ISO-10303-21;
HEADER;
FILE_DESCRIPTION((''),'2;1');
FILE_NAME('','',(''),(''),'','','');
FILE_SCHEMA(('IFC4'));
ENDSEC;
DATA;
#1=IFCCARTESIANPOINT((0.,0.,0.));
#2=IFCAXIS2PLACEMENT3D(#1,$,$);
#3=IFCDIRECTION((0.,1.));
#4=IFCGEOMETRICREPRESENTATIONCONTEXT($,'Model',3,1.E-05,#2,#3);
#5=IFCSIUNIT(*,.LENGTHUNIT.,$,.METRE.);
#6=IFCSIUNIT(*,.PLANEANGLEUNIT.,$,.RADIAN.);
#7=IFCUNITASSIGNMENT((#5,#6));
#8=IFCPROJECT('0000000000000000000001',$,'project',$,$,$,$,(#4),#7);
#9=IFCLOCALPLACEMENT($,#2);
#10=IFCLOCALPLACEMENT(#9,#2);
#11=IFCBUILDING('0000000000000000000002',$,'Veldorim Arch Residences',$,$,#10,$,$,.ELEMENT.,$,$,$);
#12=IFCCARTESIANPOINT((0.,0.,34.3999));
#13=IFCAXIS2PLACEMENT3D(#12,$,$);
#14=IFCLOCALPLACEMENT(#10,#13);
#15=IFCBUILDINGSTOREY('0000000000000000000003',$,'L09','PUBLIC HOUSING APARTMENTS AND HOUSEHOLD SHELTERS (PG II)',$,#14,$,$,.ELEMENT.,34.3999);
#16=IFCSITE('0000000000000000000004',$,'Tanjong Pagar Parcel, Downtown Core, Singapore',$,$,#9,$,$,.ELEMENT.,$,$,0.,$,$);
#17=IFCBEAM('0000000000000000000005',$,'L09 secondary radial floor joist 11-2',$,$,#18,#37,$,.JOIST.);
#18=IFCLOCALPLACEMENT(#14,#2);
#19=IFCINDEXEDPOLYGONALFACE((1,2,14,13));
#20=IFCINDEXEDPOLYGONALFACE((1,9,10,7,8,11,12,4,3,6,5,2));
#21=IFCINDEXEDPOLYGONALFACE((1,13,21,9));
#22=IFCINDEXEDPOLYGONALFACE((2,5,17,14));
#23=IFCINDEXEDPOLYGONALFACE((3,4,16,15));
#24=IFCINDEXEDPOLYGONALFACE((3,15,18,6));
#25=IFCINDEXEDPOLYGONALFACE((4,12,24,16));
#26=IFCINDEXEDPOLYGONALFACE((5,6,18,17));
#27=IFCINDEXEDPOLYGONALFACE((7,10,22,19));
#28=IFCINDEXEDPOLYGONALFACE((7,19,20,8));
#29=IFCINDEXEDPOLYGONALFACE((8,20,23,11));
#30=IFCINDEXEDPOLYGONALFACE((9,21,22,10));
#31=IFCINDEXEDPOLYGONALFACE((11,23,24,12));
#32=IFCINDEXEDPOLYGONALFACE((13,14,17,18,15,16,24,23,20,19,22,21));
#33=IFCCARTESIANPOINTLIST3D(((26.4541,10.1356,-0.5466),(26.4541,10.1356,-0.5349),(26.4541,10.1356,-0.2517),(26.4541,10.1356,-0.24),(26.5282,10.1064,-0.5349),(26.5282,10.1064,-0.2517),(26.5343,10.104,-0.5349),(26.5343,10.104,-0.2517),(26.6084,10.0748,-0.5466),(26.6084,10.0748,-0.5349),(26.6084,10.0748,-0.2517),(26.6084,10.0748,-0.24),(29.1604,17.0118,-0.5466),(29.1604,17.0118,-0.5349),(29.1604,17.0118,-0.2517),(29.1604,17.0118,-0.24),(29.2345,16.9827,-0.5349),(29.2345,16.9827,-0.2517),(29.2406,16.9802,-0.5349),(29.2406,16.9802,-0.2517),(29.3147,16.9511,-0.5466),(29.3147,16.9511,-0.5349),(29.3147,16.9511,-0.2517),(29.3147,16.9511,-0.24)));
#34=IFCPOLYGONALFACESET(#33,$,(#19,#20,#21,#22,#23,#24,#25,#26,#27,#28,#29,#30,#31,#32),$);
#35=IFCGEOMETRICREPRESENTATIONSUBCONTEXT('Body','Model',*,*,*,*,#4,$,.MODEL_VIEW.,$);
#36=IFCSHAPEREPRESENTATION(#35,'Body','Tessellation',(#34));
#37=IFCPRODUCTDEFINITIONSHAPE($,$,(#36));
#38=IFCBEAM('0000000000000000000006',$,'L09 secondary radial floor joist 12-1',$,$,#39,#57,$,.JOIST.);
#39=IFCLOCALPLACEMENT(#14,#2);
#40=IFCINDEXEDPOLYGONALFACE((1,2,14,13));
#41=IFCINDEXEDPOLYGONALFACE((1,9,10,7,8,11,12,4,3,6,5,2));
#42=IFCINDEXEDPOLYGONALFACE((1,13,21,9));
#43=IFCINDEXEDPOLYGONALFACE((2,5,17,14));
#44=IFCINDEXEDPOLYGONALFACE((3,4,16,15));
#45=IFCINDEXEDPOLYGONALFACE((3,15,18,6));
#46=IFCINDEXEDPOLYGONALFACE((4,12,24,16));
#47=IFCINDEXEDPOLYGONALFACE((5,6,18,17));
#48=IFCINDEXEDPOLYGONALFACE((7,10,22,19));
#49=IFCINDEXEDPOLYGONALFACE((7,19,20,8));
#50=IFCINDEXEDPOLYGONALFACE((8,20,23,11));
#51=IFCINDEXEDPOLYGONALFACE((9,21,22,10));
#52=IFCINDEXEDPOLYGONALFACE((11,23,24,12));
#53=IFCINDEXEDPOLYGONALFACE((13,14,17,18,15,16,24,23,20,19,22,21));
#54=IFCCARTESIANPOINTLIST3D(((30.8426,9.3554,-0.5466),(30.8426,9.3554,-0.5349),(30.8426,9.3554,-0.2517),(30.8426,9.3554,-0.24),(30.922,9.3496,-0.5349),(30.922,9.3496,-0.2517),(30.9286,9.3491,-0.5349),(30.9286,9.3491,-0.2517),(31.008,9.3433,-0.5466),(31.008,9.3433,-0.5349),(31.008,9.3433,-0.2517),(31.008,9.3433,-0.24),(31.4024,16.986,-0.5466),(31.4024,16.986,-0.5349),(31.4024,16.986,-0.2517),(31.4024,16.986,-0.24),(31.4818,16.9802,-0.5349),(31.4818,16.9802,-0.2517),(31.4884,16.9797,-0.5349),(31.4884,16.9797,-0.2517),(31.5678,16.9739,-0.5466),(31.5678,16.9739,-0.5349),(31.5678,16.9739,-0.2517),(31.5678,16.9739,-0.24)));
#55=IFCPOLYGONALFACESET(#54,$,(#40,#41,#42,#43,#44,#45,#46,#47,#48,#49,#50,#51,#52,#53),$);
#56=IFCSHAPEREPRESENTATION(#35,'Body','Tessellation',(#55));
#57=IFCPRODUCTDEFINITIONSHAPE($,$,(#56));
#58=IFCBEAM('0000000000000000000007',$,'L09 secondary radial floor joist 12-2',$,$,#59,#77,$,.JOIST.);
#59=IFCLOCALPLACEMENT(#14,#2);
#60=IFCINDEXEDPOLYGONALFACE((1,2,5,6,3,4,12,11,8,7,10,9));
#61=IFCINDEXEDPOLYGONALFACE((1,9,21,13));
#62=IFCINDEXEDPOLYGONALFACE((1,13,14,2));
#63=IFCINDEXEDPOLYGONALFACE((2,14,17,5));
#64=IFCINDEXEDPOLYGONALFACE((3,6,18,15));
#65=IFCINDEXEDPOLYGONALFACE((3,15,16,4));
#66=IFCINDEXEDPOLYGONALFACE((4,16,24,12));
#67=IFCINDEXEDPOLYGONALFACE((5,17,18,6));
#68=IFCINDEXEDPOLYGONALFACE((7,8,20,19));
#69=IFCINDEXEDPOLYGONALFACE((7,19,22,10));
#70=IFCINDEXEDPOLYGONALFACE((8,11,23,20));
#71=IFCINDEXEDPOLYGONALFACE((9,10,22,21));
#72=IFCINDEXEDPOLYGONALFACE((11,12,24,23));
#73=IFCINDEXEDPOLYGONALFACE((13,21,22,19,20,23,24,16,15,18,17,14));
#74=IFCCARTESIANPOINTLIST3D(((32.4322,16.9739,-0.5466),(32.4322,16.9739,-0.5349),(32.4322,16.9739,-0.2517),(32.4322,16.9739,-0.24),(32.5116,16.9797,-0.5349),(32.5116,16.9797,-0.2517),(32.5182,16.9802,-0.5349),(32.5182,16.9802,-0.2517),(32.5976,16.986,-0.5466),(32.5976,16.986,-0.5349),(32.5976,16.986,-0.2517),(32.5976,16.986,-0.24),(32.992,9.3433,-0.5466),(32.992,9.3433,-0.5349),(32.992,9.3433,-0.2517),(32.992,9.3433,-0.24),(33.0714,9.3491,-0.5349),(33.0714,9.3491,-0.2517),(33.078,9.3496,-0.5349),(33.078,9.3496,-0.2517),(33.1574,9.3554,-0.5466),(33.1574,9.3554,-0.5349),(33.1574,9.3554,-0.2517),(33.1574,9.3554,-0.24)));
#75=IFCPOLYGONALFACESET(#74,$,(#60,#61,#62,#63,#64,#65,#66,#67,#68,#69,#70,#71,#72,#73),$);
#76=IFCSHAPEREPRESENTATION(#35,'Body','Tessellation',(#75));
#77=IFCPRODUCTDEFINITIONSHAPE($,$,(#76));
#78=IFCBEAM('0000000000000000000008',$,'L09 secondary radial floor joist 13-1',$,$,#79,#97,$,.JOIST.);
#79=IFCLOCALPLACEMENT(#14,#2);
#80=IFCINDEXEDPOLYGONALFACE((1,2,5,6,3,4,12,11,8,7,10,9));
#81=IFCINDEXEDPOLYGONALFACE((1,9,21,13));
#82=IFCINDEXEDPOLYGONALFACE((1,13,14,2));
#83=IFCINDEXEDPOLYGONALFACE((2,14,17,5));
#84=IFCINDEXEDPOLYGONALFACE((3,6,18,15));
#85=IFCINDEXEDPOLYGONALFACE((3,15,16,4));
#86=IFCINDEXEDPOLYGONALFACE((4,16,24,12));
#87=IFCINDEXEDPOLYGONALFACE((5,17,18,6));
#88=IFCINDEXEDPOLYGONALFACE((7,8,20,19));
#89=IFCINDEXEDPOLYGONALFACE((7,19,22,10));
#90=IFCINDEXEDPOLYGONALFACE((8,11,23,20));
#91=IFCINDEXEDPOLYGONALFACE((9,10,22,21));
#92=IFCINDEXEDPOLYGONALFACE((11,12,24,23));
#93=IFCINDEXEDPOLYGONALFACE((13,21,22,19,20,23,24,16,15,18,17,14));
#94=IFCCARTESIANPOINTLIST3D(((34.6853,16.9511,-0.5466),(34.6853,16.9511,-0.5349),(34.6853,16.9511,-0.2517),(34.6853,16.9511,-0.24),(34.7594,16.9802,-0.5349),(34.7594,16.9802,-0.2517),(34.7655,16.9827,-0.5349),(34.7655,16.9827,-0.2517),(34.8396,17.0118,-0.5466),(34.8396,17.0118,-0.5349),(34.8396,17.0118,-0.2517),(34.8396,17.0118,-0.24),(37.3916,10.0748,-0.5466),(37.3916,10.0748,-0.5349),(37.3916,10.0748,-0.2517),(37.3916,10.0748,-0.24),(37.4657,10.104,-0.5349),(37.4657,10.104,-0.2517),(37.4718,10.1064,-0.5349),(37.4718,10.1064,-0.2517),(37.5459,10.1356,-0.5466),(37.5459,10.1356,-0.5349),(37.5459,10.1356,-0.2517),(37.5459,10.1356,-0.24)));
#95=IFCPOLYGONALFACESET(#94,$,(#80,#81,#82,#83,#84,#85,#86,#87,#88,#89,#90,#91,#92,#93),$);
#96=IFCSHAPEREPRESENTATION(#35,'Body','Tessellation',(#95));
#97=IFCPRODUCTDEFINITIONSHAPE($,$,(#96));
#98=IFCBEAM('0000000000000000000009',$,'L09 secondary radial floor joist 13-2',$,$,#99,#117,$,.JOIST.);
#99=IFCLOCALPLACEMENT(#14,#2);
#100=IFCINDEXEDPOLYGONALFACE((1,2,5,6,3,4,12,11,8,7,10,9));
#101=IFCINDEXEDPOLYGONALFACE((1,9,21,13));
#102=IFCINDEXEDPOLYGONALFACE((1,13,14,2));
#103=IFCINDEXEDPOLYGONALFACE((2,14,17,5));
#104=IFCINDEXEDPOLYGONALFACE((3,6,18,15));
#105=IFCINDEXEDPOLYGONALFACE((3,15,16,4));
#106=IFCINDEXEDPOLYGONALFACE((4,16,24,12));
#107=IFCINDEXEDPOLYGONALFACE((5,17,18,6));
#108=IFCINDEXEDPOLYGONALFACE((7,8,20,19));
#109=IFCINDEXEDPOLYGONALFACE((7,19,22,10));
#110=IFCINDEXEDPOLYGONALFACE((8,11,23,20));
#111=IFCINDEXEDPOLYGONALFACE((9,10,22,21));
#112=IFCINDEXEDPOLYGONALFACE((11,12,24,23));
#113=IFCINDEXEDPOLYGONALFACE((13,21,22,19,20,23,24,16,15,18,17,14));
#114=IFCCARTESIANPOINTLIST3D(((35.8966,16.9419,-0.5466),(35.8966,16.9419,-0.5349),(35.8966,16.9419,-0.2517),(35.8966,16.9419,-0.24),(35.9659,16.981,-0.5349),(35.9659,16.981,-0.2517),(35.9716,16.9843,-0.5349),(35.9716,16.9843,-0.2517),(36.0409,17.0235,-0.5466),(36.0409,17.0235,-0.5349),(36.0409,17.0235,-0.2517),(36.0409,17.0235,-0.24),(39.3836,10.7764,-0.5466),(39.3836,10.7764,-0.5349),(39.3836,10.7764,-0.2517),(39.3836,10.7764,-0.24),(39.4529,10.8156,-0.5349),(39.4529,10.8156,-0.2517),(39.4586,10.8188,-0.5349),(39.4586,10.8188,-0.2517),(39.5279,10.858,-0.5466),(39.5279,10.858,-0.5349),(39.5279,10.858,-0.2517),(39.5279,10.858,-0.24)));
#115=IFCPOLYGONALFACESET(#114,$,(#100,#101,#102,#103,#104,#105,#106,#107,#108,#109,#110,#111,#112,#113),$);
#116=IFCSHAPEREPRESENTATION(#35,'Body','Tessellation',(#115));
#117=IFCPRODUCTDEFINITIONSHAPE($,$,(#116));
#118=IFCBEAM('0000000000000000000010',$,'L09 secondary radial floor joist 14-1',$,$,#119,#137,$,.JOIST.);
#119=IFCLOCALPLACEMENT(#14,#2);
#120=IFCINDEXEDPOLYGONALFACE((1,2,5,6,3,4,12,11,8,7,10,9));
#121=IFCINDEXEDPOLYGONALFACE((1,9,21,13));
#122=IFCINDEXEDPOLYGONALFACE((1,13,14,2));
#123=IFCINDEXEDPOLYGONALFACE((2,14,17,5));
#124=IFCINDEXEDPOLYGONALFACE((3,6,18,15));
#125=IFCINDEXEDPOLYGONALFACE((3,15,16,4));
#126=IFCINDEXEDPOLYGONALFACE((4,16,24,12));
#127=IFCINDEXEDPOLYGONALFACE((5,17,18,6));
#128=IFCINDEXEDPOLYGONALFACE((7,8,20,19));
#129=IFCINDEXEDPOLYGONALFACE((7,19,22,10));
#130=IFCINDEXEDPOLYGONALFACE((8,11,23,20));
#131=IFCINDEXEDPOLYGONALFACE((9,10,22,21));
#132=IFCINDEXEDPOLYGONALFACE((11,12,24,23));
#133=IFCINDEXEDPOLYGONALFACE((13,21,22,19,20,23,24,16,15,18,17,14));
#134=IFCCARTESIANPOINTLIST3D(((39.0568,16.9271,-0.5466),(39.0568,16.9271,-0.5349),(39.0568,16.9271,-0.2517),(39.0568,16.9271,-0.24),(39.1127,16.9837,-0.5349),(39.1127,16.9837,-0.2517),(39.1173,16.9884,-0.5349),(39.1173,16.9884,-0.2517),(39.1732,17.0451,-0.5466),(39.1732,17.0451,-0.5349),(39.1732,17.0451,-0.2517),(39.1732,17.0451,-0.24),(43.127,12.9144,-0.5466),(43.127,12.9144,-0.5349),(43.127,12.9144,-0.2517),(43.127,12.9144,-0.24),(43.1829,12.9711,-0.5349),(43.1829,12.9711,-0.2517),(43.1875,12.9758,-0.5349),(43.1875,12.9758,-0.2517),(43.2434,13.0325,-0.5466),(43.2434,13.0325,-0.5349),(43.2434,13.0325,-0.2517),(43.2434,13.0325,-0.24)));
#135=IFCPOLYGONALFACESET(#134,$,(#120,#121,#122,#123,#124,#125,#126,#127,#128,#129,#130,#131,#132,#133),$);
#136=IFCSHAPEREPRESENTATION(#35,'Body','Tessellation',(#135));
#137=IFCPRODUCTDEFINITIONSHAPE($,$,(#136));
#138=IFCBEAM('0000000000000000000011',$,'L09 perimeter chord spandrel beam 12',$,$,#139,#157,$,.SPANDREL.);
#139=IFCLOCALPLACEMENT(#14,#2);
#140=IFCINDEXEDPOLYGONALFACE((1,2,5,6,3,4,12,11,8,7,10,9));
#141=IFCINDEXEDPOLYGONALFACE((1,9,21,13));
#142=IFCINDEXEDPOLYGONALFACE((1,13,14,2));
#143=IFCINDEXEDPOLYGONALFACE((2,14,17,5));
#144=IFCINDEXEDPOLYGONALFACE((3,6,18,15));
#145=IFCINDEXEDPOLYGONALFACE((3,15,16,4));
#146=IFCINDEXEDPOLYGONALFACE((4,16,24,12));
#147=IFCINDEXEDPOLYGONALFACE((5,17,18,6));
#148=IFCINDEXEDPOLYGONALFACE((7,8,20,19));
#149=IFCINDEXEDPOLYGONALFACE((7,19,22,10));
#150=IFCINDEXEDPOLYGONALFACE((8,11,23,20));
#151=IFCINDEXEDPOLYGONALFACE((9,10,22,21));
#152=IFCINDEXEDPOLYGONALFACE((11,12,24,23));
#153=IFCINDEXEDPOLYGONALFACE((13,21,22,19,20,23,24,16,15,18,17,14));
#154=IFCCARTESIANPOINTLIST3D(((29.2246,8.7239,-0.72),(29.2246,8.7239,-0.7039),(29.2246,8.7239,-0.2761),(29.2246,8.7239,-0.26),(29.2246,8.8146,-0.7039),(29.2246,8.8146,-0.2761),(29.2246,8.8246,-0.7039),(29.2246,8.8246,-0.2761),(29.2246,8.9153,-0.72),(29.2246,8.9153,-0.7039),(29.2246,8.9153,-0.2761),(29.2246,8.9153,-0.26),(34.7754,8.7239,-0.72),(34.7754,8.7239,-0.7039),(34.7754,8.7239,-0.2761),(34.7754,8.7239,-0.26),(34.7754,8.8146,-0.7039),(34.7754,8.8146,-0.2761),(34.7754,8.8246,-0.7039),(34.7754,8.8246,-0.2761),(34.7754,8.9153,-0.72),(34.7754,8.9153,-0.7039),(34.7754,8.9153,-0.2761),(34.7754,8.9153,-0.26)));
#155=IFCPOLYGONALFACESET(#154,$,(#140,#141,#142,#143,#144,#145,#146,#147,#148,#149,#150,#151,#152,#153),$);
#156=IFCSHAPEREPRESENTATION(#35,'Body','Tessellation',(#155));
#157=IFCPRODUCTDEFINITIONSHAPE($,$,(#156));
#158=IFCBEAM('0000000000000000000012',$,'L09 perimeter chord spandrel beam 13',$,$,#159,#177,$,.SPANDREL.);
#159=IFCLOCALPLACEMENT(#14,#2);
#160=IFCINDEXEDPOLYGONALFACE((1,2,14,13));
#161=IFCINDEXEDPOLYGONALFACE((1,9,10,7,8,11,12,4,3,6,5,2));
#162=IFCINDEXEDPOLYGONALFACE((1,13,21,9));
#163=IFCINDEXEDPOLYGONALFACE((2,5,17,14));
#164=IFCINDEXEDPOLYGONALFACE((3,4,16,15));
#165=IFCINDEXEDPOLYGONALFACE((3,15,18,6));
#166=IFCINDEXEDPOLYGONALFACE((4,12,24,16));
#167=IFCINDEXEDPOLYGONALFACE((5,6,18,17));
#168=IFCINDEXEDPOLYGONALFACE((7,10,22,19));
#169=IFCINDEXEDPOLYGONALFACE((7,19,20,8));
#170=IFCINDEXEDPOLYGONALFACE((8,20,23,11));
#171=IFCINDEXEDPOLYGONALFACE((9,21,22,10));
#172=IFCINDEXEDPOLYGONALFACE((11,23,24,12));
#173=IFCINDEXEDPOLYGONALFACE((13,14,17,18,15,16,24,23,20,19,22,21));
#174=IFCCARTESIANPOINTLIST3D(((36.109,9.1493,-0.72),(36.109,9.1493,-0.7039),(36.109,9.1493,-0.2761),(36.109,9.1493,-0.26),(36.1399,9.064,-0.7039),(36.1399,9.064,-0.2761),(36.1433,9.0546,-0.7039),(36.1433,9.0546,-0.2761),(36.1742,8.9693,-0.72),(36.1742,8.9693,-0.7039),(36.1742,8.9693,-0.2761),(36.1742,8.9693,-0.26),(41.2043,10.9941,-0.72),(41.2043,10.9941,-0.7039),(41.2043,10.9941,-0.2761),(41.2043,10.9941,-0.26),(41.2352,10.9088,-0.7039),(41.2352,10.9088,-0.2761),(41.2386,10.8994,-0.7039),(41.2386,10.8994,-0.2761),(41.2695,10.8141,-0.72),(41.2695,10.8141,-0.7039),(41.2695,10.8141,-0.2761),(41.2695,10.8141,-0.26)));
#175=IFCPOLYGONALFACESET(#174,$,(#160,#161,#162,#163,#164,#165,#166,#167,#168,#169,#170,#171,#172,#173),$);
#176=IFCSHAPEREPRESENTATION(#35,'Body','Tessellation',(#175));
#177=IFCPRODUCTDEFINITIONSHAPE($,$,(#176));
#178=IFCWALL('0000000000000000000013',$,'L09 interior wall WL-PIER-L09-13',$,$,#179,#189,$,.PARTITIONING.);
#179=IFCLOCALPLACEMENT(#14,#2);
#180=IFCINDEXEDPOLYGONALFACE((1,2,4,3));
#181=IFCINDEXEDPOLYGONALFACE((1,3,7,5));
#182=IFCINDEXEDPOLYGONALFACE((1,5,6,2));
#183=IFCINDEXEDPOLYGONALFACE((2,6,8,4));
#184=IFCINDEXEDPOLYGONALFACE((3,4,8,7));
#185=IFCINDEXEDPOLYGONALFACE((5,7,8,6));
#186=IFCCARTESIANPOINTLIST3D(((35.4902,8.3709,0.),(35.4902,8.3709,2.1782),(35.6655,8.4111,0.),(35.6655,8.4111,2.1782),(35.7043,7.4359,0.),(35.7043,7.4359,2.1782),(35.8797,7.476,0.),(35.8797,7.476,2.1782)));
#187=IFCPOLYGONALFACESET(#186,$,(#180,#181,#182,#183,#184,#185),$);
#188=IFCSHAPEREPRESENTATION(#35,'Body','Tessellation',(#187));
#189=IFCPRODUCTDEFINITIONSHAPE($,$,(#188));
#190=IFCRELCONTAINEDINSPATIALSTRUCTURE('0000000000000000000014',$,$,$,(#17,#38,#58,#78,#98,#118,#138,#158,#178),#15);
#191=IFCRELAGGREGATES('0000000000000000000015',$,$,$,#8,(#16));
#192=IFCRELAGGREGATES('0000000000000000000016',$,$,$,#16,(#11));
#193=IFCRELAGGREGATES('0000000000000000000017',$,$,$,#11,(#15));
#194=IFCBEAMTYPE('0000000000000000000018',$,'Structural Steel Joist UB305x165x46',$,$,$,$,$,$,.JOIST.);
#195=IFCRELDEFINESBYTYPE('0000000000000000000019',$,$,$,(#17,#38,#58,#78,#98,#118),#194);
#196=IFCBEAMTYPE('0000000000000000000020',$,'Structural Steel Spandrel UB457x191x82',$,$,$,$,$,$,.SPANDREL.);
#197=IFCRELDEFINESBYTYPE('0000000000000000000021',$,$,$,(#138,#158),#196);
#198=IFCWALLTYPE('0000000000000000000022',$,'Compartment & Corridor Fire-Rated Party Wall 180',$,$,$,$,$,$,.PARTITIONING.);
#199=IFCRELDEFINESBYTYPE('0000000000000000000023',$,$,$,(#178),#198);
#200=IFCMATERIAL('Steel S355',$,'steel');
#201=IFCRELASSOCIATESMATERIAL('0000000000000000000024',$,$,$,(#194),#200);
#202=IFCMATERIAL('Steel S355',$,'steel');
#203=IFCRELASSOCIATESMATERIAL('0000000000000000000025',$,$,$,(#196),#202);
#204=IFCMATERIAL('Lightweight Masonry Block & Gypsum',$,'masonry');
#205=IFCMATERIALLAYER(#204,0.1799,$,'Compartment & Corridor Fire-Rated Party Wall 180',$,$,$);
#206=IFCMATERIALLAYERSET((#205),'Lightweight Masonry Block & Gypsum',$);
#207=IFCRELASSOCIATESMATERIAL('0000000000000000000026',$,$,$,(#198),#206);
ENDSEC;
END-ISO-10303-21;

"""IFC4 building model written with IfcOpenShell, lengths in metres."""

from ifc_helpers import new_model, si_unit, direction, frame, frame_2d, origin, origin_2d, place, context, subcontext, project, spatial, rectangle, i_section, extrude, material, layer, layer_set, material_profile, profile_set, type_object, element, save


model = new_model("IFC4")

# Units and contexts
model_context = context("Model", 3, precision=1e-05, world=origin(), true_north=direction((0.0, 1.0)))
body_context = subcontext(model_context, "Body", "Model", "MODEL_VIEW")
ifc_project = project(units=[si_unit("LENGTHUNIT", "METRE"), si_unit("PLANEANGLEUNIT", "RADIAN")], contexts=[model_context])

# Site, building, storey
site_placement = place(None, origin())
site = spatial("IfcSite", under=ifc_project, at=site_placement, Name="Tanjong Pagar Parcel, Downtown Core, Singapore", CompositionType="ELEMENT", RefElevation=0.0)
building_placement = place(site_placement, origin())
building = spatial("IfcBuilding", under=site, at=building_placement, Name="Veldorim Arch Residences", CompositionType="ELEMENT")
storey_placement = place(building_placement, frame((0.0, 0.0, 34.3999)))
storey = spatial("IfcBuildingStorey", under=building, at=storey_placement, Name="L09", Description="PUBLIC HOUSING APARTMENTS AND HOUSEHOLD SHELTERS (PG II)", CompositionType="ELEMENT", Elevation=34.3999)

# Beams
ifc_material_1 = material(Name="Steel S355", Category="steel")
ifc_material_profile_1 = material_profile(ifc_material_1, i_section(OverallWidth=0.1658, OverallDepth=0.3066, WebThickness=0.0066, FlangeThickness=0.0117, at=origin_2d()), Name="UB305x165x46")
ifc_profile_set_1 = profile_set([ifc_material_profile_1], Name="Steel S355")
beam_type_1 = type_object("IfcBeamType", Name="Structural Steel Joist UB305x165x46", PredefinedType="JOIST", material=ifc_profile_set_1)
beam_1_placement = place(storey_placement, frame((29.2375, 16.9814, -0.3933), z_axis=(-0.36623, -0.930524, 0.0), x_axis=(0.930524, -0.36623, 0.0)))
element("IfcBeam", 1, at=beam_1_placement, inside=storey, type_object=beam_type_1, Name="L09 secondary radial floor joist 11-2", PredefinedType="JOIST", context=body_context, shape_type="SweptSolid", body=[
    extrude(i_section(OverallWidth=0.1658, OverallDepth=0.3066, WebThickness=0.0066, FlangeThickness=0.0117, at=origin_2d()), origin(), (0.0, 0.0, 1.0), 7.3896),
])
for number, where, z_axis, x_axis, name in (
    (2, (31.4851, 16.98, -0.3933), (-0.073168, -0.99732, 0.0), (0.99732, -0.073168, 0.0), "L09 secondary radial floor joist 12-1"),
    (3, (32.5149, 16.98, -0.3933), (0.073168, -0.99732, 0.0), (0.99732, 0.073168, 0.0), "L09 secondary radial floor joist 12-2"),
):
    element("IfcBeam", number, at=place(storey_placement, frame(where, z_axis=z_axis, x_axis=x_axis)), inside=storey, type_object=beam_type_1, Name=name, PredefinedType="JOIST", context=body_context, shape_type="SweptSolid", body=[
        extrude(i_section(OverallWidth=0.1658, OverallDepth=0.3066, WebThickness=0.0066, FlangeThickness=0.0117, at=origin_2d()), origin(), (0.0, 0.0, 1.0), 7.6511),
    ])
beam_2_placement = place(storey_placement, frame((34.7625, 16.9814, -0.3933), z_axis=(0.36623, -0.930524, 0.0), x_axis=(0.930524, 0.36623, 0.0)))
element("IfcBeam", 4, at=beam_2_placement, inside=storey, type_object=beam_type_1, Name="L09 secondary radial floor joist 13-1", PredefinedType="JOIST", context=body_context, shape_type="SweptSolid", body=[
    extrude(i_section(OverallWidth=0.1658, OverallDepth=0.3066, WebThickness=0.0066, FlangeThickness=0.0117, at=origin_2d()), origin(), (0.0, 0.0, 1.0), 7.3896),
])
beam_3_placement = place(storey_placement, frame((35.9688, 16.9827, -0.3933), z_axis=(0.492292, -0.87043, 0.0), x_axis=(0.87043, 0.492292, 0.0)))
element("IfcBeam", 5, at=beam_3_placement, inside=storey, type_object=beam_type_1, Name="L09 secondary radial floor joist 13-2", PredefinedType="JOIST", context=body_context, shape_type="SweptSolid", body=[
    extrude(i_section(OverallWidth=0.1658, OverallDepth=0.3066, WebThickness=0.0066, FlangeThickness=0.0117, at=origin_2d()), origin(), (0.0, 0.0, 1.0), 7.0833),
])
beam_4_placement = place(storey_placement, frame((39.115, 16.9861, -0.3933), z_axis=(0.712129, -0.702049, 0.0), x_axis=(0.702049, 0.712129, 0.0)))
element("IfcBeam", 6, at=beam_4_placement, inside=storey, type_object=beam_type_1, Name="L09 secondary radial floor joist 14-1", PredefinedType="JOIST", context=body_context, shape_type="SweptSolid", body=[
    extrude(i_section(OverallWidth=0.1658, OverallDepth=0.3066, WebThickness=0.0066, FlangeThickness=0.0117, at=origin_2d()), origin(), (0.0, 0.0, 1.0), 5.7156),
])
ifc_material_2 = material(Name="Steel S355", Category="steel")
ifc_material_profile_2 = material_profile(ifc_material_2, i_section(OverallWidth=0.1914, OverallDepth=0.46, WebThickness=0.01, FlangeThickness=0.0161, at=origin_2d()), Name="UB457x191x82")
ifc_profile_set_2 = profile_set([ifc_material_profile_2], Name="Steel S355")
beam_type_2 = type_object("IfcBeamType", Name="Structural Steel Spandrel UB457x191x82", PredefinedType="SPANDREL", material=ifc_profile_set_2)
beam_5_placement = place(storey_placement, frame((29.2246, 8.8196, -0.49), z_axis=(1.0, 0.0, 0.0), x_axis=(0.0, 1.0, 0.0)))
element("IfcBeam", 7, at=beam_5_placement, inside=storey, type_object=beam_type_2, Name="L09 perimeter chord spandrel beam 12", PredefinedType="SPANDREL", context=body_context, shape_type="SweptSolid", body=[
    extrude(i_section(OverallWidth=0.1914, OverallDepth=0.46, WebThickness=0.01, FlangeThickness=0.0161, at=origin_2d()), origin(), (0.0, 0.0, 1.0), 5.5508),
])
beam_6_placement = place(storey_placement, frame((36.1416, 9.0593, -0.49), z_axis=(0.940271, 0.340426, 0.0), x_axis=(-0.340426, 0.940271, 0.0)))
element("IfcBeam", 8, at=beam_6_placement, inside=storey, type_object=beam_type_2, Name="L09 perimeter chord spandrel beam 13", PredefinedType="SPANDREL", context=body_context, shape_type="SweptSolid", body=[
    extrude(i_section(OverallWidth=0.1914, OverallDepth=0.46, WebThickness=0.01, FlangeThickness=0.0161, at=origin_2d()), origin(), (0.0, 0.0, 1.0), 5.4189),
])

# Wall
ifc_material_3 = material(Name="Lightweight Masonry Block & Gypsum", Category="masonry")
ifc_layer_1 = layer(ifc_material_3, 0.1799, Name="Compartment & Corridor Fire-Rated Party Wall 180")
ifc_layer_set_1 = layer_set([ifc_layer_1], Name="Lightweight Masonry Block & Gypsum")
wall_type_1 = type_object("IfcWallType", Name="Compartment & Corridor Fire-Rated Party Wall 180", PredefinedType="PARTITIONING", material=ifc_layer_set_1)
wall_1_placement = place(storey_placement, frame((35.5779, 8.3909, 0.0), z_axis=(0.0, 0.0, 1.0), x_axis=(0.223205, -0.974772, 0.0)))
element("IfcWall", 9, at=wall_1_placement, inside=storey, type_object=wall_type_1, Name="L09 interior wall WL-PIER-L09-13", PredefinedType="PARTITIONING", context=body_context, shape_type="SweptSolid", body=[
    extrude(rectangle(XDim=0.9592, YDim=0.1799, at=frame_2d((0.4795, 0.0))), origin(), (0.0, 0.0, 1.0), 2.1782),
])

save(model, "model.ifc")
